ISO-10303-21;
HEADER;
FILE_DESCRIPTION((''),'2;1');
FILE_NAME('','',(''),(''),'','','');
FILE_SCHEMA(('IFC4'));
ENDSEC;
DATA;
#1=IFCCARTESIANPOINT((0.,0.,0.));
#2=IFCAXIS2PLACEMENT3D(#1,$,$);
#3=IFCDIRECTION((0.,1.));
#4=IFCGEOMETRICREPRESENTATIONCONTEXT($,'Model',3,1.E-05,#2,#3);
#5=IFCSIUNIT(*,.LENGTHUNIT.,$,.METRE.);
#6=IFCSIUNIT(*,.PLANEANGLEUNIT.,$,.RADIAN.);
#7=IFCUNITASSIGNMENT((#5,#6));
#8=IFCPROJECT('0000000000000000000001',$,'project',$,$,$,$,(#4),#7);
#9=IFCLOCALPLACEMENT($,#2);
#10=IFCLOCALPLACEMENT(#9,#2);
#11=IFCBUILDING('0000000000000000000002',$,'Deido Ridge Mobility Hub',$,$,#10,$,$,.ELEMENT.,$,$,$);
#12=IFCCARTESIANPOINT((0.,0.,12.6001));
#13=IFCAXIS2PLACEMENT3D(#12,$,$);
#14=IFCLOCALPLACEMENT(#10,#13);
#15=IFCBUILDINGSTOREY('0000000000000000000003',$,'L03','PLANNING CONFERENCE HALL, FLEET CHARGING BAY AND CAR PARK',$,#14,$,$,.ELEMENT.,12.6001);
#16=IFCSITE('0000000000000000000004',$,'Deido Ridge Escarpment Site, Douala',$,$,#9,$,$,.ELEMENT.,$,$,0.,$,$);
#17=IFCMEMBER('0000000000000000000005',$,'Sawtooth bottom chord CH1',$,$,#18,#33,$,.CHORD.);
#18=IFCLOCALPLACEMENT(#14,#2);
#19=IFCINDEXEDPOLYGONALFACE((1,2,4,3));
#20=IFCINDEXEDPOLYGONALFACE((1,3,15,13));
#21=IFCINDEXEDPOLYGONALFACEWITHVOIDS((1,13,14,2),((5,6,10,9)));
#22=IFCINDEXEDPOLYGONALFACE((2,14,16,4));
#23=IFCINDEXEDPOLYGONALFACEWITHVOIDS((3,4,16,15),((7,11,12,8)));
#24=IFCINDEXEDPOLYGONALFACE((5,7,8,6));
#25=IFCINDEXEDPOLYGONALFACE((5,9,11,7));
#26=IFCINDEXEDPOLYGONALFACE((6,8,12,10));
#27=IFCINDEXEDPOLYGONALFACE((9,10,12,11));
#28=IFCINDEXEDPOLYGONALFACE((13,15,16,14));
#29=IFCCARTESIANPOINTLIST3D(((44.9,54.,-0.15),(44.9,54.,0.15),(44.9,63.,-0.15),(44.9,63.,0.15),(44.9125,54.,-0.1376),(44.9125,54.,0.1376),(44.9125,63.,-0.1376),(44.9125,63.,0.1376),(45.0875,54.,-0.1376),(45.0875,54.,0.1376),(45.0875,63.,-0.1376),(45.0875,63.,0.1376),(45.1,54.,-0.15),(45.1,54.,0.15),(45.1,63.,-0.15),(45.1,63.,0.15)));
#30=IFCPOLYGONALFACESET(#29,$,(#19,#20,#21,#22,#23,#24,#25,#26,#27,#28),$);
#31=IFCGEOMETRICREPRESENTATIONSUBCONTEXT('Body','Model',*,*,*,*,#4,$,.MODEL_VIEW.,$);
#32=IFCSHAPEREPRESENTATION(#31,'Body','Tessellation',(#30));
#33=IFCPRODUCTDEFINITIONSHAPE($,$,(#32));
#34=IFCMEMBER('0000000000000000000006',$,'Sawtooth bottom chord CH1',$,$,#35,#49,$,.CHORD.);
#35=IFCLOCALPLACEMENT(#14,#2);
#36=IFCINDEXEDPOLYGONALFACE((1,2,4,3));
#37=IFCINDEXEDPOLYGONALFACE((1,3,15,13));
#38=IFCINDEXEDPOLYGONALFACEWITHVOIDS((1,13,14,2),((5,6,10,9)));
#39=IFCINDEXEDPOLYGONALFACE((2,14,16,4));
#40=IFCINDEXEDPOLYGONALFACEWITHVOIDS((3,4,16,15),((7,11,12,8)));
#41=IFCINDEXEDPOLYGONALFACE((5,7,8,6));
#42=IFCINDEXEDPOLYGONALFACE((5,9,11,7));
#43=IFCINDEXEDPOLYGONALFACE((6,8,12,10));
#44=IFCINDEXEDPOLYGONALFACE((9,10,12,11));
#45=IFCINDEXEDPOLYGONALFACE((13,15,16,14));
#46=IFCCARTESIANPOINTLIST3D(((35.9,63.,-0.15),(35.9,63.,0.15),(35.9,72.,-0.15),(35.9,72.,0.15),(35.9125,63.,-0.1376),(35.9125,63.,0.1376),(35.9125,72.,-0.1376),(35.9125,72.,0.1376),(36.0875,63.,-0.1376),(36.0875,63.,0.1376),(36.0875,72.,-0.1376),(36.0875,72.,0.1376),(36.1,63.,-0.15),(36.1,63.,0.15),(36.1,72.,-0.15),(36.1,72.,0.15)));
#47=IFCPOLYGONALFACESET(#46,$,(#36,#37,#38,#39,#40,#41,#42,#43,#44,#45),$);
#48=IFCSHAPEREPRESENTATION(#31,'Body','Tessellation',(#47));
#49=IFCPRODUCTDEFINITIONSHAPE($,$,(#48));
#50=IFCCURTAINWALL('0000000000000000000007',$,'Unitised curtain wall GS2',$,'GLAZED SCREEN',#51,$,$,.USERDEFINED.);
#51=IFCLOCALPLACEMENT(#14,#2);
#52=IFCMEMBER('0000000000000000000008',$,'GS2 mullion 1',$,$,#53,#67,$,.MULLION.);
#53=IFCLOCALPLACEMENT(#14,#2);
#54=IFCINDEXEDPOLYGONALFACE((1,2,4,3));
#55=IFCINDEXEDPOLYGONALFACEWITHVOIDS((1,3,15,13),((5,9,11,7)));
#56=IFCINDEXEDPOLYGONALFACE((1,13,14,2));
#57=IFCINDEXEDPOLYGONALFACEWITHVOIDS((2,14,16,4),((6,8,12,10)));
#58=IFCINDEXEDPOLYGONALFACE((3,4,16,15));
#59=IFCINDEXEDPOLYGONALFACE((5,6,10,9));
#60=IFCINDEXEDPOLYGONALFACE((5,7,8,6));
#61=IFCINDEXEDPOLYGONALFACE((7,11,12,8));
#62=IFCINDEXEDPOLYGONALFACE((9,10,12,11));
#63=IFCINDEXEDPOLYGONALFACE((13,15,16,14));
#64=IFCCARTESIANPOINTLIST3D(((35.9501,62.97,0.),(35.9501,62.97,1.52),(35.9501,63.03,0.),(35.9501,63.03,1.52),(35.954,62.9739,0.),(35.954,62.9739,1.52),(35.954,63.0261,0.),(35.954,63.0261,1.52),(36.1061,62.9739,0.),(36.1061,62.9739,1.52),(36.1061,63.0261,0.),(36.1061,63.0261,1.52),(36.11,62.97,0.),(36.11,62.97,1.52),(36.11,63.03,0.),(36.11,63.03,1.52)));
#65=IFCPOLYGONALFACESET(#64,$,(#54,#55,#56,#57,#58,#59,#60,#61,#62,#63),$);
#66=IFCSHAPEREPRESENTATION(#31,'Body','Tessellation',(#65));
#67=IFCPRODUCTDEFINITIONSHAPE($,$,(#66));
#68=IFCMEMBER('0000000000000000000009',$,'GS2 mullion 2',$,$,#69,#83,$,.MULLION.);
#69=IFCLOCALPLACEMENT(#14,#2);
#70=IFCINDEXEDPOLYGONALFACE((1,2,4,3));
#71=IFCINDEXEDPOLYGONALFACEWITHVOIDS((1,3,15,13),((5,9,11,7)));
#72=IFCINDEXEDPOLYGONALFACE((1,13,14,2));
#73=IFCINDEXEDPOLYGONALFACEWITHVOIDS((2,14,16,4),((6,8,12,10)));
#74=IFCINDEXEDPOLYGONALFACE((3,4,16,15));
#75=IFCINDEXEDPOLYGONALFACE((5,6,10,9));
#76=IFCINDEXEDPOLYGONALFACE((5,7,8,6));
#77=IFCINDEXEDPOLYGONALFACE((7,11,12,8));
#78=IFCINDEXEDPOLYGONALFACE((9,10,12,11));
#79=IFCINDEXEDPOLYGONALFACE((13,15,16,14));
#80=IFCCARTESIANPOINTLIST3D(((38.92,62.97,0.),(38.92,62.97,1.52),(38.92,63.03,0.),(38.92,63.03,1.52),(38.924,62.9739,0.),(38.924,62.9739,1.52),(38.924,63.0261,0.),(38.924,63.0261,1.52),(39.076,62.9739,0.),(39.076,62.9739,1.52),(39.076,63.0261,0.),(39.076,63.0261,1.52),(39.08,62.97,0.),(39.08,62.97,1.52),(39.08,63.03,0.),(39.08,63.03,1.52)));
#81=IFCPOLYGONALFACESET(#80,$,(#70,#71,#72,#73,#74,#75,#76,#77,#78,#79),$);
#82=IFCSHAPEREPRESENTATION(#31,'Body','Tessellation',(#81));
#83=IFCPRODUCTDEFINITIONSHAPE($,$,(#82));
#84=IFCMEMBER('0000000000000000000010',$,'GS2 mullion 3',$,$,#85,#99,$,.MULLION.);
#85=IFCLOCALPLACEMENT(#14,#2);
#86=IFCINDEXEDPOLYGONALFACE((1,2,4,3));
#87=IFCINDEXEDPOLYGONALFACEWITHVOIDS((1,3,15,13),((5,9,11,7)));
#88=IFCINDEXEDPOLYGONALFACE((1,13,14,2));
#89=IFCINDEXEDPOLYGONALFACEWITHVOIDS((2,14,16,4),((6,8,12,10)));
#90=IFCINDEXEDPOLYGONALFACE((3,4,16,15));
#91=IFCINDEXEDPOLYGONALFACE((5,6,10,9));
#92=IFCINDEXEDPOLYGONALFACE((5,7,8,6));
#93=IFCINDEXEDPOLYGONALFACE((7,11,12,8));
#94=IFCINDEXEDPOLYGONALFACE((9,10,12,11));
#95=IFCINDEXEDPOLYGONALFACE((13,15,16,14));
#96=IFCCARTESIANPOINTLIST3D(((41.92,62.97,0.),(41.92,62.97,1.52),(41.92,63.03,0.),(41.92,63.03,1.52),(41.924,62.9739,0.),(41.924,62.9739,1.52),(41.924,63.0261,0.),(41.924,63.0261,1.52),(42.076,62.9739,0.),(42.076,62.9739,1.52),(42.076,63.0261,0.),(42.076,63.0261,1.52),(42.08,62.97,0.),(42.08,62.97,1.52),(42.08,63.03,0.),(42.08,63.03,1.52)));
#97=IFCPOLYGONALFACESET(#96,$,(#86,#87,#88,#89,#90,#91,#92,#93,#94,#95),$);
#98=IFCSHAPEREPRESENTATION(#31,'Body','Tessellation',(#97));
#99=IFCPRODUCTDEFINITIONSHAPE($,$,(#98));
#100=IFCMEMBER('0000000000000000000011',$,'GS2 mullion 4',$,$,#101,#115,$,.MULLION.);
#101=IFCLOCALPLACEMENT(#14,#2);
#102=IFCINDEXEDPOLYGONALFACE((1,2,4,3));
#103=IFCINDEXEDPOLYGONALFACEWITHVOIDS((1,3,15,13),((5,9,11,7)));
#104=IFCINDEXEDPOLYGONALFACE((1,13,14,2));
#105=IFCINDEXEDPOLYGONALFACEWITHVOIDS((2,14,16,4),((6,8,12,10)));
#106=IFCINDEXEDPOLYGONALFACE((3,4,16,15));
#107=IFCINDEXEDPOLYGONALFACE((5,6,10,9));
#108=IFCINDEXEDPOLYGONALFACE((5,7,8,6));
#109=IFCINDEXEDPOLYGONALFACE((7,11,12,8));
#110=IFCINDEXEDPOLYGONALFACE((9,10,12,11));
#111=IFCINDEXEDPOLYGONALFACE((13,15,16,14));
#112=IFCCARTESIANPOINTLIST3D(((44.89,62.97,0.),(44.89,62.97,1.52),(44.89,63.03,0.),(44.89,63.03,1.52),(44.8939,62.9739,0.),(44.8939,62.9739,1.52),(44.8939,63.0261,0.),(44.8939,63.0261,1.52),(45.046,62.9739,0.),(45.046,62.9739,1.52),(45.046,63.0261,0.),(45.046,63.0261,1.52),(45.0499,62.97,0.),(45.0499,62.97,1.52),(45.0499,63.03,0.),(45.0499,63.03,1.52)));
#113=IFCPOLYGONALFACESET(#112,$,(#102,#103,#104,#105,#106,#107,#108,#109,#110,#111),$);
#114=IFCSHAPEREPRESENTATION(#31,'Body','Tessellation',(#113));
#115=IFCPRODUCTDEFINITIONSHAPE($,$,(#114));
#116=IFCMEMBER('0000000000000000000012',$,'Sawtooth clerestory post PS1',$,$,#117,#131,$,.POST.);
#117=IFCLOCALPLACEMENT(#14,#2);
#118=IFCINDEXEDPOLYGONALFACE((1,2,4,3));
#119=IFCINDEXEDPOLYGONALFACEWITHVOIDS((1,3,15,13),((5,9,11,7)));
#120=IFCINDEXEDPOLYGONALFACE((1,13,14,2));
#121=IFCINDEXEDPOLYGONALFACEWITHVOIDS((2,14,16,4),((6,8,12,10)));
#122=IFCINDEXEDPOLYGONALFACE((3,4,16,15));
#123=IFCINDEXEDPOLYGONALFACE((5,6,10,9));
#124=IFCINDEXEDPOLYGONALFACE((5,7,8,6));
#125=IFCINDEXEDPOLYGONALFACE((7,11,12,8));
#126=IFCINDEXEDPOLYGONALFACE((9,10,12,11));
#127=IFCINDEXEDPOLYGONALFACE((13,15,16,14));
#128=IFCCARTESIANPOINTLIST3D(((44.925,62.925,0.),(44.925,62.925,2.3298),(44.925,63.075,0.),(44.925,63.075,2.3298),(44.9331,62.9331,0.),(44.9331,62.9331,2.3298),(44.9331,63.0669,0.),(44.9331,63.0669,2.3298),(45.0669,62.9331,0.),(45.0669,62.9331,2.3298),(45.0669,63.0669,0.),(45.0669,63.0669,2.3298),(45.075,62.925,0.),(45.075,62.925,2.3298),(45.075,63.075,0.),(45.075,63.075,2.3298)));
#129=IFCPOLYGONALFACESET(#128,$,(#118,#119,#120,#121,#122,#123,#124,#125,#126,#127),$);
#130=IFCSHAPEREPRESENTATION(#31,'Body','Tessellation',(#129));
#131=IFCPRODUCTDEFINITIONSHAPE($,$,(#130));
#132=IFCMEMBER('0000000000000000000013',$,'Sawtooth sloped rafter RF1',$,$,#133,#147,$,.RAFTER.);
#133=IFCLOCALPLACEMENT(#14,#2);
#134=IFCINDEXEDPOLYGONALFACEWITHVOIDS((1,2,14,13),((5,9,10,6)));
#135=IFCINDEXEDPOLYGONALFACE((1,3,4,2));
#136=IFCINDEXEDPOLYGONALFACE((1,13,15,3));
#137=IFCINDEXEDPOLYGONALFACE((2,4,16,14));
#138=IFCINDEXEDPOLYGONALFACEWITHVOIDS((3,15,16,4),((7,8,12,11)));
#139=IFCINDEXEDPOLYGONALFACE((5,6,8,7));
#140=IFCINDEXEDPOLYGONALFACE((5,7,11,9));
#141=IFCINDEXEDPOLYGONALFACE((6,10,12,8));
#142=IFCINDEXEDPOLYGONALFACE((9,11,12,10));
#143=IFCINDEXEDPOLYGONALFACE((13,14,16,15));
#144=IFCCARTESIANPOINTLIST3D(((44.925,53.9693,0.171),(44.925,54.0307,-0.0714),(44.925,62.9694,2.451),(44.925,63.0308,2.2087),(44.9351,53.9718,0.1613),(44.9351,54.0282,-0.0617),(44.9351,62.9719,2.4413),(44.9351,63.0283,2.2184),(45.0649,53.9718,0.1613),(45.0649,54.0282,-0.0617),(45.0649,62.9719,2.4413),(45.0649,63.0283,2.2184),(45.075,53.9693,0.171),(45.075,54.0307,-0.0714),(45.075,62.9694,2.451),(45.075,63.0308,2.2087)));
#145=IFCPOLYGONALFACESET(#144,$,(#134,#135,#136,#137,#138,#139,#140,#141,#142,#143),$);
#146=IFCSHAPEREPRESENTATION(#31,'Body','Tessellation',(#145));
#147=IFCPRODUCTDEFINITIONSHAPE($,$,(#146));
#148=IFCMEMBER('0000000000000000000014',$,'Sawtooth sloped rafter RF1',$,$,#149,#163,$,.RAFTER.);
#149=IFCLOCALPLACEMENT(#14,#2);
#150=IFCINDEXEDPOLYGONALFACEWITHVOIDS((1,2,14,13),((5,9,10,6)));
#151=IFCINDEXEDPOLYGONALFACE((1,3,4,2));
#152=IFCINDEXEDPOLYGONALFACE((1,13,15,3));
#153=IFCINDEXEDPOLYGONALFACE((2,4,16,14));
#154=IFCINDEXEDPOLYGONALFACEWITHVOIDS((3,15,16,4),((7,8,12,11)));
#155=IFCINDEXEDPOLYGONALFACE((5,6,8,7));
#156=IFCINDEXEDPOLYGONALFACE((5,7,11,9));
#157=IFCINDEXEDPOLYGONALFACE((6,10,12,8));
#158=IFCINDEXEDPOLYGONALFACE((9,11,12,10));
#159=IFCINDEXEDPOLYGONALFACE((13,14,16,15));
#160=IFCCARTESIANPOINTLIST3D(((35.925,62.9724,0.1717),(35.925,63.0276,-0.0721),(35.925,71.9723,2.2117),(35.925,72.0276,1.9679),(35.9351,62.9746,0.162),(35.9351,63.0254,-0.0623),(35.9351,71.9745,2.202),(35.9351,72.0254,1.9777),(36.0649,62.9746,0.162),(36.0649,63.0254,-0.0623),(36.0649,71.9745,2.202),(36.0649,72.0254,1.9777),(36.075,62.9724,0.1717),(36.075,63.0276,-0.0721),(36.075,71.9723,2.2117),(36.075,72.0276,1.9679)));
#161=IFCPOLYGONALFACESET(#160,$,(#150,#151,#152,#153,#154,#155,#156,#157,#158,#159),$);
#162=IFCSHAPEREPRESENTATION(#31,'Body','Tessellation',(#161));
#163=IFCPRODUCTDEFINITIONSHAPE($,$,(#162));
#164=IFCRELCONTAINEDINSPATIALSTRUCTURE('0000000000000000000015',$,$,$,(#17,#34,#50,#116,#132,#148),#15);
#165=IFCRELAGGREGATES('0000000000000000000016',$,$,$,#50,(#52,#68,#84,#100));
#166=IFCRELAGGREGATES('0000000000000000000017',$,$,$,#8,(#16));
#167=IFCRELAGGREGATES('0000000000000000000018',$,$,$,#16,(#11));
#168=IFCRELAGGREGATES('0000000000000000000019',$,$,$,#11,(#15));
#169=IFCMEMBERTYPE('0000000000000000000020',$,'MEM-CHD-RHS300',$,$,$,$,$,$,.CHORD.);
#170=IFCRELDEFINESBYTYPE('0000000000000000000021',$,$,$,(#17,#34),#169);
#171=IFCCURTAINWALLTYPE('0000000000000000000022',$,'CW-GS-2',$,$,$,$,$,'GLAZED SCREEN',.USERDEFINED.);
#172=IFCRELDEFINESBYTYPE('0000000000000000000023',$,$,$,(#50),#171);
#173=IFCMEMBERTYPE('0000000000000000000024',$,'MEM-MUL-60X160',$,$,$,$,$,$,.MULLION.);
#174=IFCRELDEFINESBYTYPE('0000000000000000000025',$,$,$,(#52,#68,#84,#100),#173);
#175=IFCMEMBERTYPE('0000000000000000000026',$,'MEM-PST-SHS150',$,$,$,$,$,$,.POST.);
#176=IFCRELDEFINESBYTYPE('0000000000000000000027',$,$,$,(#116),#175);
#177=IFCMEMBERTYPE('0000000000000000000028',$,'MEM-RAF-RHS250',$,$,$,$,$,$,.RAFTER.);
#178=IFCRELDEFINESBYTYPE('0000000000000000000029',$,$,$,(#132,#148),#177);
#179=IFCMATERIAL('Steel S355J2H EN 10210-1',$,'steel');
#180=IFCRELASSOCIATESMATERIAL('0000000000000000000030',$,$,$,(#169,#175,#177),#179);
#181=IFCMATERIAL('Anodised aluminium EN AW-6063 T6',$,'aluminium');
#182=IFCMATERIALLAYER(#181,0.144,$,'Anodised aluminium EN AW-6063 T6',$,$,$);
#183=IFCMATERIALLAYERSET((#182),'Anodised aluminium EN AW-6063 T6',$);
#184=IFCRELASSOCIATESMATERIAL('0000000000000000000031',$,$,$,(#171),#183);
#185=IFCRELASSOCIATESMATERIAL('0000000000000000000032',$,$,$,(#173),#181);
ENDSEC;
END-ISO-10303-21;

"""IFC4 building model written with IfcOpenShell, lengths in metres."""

from ifc_helpers import new_model, si_unit, direction, frame, origin, origin_2d, place, context, subcontext, project, spatial, hollow_rectangle, extrude, material, layer, layer_set, material_profile, profile_set, type_object, element, aggregate, save


model = new_model("IFC4")

# Units and contexts
model_context = context("Model", 3, precision=1e-05, world=origin(), true_north=direction((0.0, 1.0)))
body_context = subcontext(model_context, "Body", "Model", "MODEL_VIEW")
ifc_project = project(units=[si_unit("LENGTHUNIT", "METRE"), si_unit("PLANEANGLEUNIT", "RADIAN")], contexts=[model_context])

# Site, building, storey
site_placement = place(None, origin())
site = spatial("IfcSite", under=ifc_project, at=site_placement, Name="Deido Ridge Escarpment Site, Douala", CompositionType="ELEMENT", RefElevation=0.0)
building_placement = place(site_placement, origin())
building = spatial("IfcBuilding", under=site, at=building_placement, Name="Deido Ridge Mobility Hub", CompositionType="ELEMENT")
storey_placement = place(building_placement, frame((0.0, 0.0, 12.6001)))
storey = spatial("IfcBuildingStorey", under=building, at=storey_placement, Name="L03", Description="PLANNING CONFERENCE HALL, FLEET CHARGING BAY AND CAR PARK", CompositionType="ELEMENT", Elevation=12.6001)

# Members
ifc_material_1 = material(Name="Steel S355J2H EN 10210-1", Category="steel")
ifc_material_profile_1 = material_profile(ifc_material_1, hollow_rectangle(XDim=0.2, YDim=0.3, WallThickness=0.0125, at=origin_2d()), Name="RHS 300x200x12.5")
ifc_profile_set_1 = profile_set([ifc_material_profile_1], Name="Steel S355J2H EN 10210-1")
member_type_1 = type_object("IfcMemberType", Name="MEM-CHD-RHS300", PredefinedType="CHORD", material=ifc_profile_set_1)
for number, where, z_axis, x_axis, name in (
    (1, (45.0, 54.0, 0.0), (0.0, 1.0, 0.0), (-1.0, 0.0, 0.0), "Sawtooth bottom chord CH1"),
    (2, (36.0, 63.0, 0.0), (0.0, 1.0, 0.0), (-1.0, 0.0, 0.0), "Sawtooth bottom chord CH1"),
):
    element("IfcMember", number, at=place(storey_placement, frame(where, z_axis=z_axis, x_axis=x_axis)), inside=storey, type_object=member_type_1, Name=name, PredefinedType="CHORD", context=body_context, shape_type="SweptSolid", body=[
        extrude(hollow_rectangle(XDim=0.2, YDim=0.3, WallThickness=0.0125, at=origin_2d()), origin(), (0.0, 0.0, 1.0), 9.0),
    ])

# Curtain wall, members
ifc_material_2 = material(Name="Anodised aluminium EN AW-6063 T6", Category="aluminium")
ifc_layer_1 = layer(ifc_material_2, 0.144, Name="Anodised aluminium EN AW-6063 T6")
ifc_layer_set_1 = layer_set([ifc_layer_1], Name="Anodised aluminium EN AW-6063 T6")
curtain_wall_type = type_object("IfcCurtainWallType", Name="CW-GS-2", ElementType="GLAZED SCREEN", PredefinedType="USERDEFINED", material=ifc_layer_set_1)
curtain_wall_placement = place(storey_placement, origin())
curtain_wall = element("IfcCurtainWall", 3, at=curtain_wall_placement, inside=storey, type_object=curtain_wall_type, Name="Unitised curtain wall GS2", ObjectType="GLAZED SCREEN", PredefinedType="USERDEFINED")
ifc_material_profile_2 = material_profile(ifc_material_2, hollow_rectangle(XDim=0.0601, YDim=0.1599, WallThickness=0.0039, at=origin_2d()), Name="RHS 60x160x4")
ifc_profile_set_2 = profile_set([ifc_material_profile_2], Name="Anodised aluminium EN AW-6063 T6")
member_type_2 = type_object("IfcMemberType", Name="MEM-MUL-60X160", PredefinedType="MULLION", material=ifc_profile_set_2)
member_1_placement = place(storey_placement, frame((36.03, 63.0, 0.0), z_axis=(0.0, 0.0, 1.0), x_axis=(0.0, 1.0, 0.0)))
member_1 = element("IfcMember", 4, at=member_1_placement, type_object=member_type_2, Name="GS2 mullion 1", PredefinedType="MULLION", context=body_context, shape_type="SweptSolid", body=[
    extrude(hollow_rectangle(XDim=0.0601, YDim=0.1599, WallThickness=0.0039, at=origin_2d()), origin(), (0.0, 0.0, 1.0), 1.52),
])
member_2_placement = place(storey_placement, frame((39.0, 63.0, 0.0), z_axis=(0.0, 0.0, 1.0), x_axis=(0.0, 1.0, 0.0)))
member_2 = element("IfcMember", 5, at=member_2_placement, type_object=member_type_2, Name="GS2 mullion 2", PredefinedType="MULLION", context=body_context, shape_type="SweptSolid", body=[
    extrude(hollow_rectangle(XDim=0.0601, YDim=0.1599, WallThickness=0.0039, at=origin_2d()), origin(), (0.0, 0.0, 1.0), 1.52),
])
member_3_placement = place(storey_placement, frame((42.0, 63.0, 0.0), z_axis=(0.0, 0.0, 1.0), x_axis=(0.0, 1.0, 0.0)))
member_3 = element("IfcMember", 6, at=member_3_placement, type_object=member_type_2, Name="GS2 mullion 3", PredefinedType="MULLION", context=body_context, shape_type="SweptSolid", body=[
    extrude(hollow_rectangle(XDim=0.0601, YDim=0.1599, WallThickness=0.0039, at=origin_2d()), origin(), (0.0, 0.0, 1.0), 1.52),
])
member_4_placement = place(storey_placement, frame((44.97, 63.0, 0.0), z_axis=(0.0, 0.0, 1.0), x_axis=(0.0, 1.0, 0.0)))
member_4 = element("IfcMember", 7, at=member_4_placement, type_object=member_type_2, Name="GS2 mullion 4", PredefinedType="MULLION", context=body_context, shape_type="SweptSolid", body=[
    extrude(hollow_rectangle(XDim=0.0601, YDim=0.1599, WallThickness=0.0039, at=origin_2d()), origin(), (0.0, 0.0, 1.0), 1.52),
])

# Members
ifc_material_profile_3 = material_profile(ifc_material_1, hollow_rectangle(XDim=0.1499, YDim=0.1499, WallThickness=0.0081, at=origin_2d()), Name="SHS 150x150x8")
ifc_profile_set_3 = profile_set([ifc_material_profile_3], Name="Steel S355J2H EN 10210-1")
member_type_3 = type_object("IfcMemberType", Name="MEM-PST-SHS150", PredefinedType="POST", material=ifc_profile_set_3)
member_5_placement = place(storey_placement, frame((45.0, 63.0, 0.0), z_axis=(0.0, 0.0, 1.0), x_axis=(1.0, 0.0, 0.0)))
element("IfcMember", 8, at=member_5_placement, inside=storey, type_object=member_type_3, Name="Sawtooth clerestory post PS1", PredefinedType="POST", context=body_context, shape_type="SweptSolid", body=[
    extrude(hollow_rectangle(XDim=0.1499, YDim=0.1499, WallThickness=0.0081, at=origin_2d()), origin(), (0.0, 0.0, 1.0), 2.3298),
])
ifc_material_profile_4 = material_profile(ifc_material_1, hollow_rectangle(XDim=0.1499, YDim=0.25, WallThickness=0.01, at=origin_2d()), Name="RHS 250x150x10")
ifc_profile_set_4 = profile_set([ifc_material_profile_4], Name="Steel S355J2H EN 10210-1")
member_type_4 = type_object("IfcMemberType", Name="MEM-RAF-RHS250", PredefinedType="RAFTER", material=ifc_profile_set_4)
member_6_placement = place(storey_placement, frame((45.0, 54.0, 0.0498), z_axis=(0.0, 0.969377, 0.245579), x_axis=(-1.0, 0.0, 0.0)))
element("IfcMember", 9, at=member_6_placement, inside=storey, type_object=member_type_4, Name="Sawtooth sloped rafter RF1", PredefinedType="RAFTER", context=body_context, shape_type="SweptSolid", body=[
    extrude(hollow_rectangle(XDim=0.1499, YDim=0.25, WallThickness=0.01, at=origin_2d()), origin(), (0.0, 0.0, 1.0), 9.2844),
])
member_7_placement = place(storey_placement, frame((36.0, 63.0, 0.0498), z_axis=(0.0, 0.97526, 0.221063), x_axis=(-1.0, 0.0, 0.0)))
element("IfcMember", 10, at=member_7_placement, inside=storey, type_object=member_type_4, Name="Sawtooth sloped rafter RF1", PredefinedType="RAFTER", context=body_context, shape_type="SweptSolid", body=[
    extrude(hollow_rectangle(XDim=0.1499, YDim=0.25, WallThickness=0.01, at=origin_2d()), origin(), (0.0, 0.0, 1.0), 9.2283),
])

aggregate(curtain_wall, [member_1, member_2, member_3, member_4])

save(model, "model.ifc")
